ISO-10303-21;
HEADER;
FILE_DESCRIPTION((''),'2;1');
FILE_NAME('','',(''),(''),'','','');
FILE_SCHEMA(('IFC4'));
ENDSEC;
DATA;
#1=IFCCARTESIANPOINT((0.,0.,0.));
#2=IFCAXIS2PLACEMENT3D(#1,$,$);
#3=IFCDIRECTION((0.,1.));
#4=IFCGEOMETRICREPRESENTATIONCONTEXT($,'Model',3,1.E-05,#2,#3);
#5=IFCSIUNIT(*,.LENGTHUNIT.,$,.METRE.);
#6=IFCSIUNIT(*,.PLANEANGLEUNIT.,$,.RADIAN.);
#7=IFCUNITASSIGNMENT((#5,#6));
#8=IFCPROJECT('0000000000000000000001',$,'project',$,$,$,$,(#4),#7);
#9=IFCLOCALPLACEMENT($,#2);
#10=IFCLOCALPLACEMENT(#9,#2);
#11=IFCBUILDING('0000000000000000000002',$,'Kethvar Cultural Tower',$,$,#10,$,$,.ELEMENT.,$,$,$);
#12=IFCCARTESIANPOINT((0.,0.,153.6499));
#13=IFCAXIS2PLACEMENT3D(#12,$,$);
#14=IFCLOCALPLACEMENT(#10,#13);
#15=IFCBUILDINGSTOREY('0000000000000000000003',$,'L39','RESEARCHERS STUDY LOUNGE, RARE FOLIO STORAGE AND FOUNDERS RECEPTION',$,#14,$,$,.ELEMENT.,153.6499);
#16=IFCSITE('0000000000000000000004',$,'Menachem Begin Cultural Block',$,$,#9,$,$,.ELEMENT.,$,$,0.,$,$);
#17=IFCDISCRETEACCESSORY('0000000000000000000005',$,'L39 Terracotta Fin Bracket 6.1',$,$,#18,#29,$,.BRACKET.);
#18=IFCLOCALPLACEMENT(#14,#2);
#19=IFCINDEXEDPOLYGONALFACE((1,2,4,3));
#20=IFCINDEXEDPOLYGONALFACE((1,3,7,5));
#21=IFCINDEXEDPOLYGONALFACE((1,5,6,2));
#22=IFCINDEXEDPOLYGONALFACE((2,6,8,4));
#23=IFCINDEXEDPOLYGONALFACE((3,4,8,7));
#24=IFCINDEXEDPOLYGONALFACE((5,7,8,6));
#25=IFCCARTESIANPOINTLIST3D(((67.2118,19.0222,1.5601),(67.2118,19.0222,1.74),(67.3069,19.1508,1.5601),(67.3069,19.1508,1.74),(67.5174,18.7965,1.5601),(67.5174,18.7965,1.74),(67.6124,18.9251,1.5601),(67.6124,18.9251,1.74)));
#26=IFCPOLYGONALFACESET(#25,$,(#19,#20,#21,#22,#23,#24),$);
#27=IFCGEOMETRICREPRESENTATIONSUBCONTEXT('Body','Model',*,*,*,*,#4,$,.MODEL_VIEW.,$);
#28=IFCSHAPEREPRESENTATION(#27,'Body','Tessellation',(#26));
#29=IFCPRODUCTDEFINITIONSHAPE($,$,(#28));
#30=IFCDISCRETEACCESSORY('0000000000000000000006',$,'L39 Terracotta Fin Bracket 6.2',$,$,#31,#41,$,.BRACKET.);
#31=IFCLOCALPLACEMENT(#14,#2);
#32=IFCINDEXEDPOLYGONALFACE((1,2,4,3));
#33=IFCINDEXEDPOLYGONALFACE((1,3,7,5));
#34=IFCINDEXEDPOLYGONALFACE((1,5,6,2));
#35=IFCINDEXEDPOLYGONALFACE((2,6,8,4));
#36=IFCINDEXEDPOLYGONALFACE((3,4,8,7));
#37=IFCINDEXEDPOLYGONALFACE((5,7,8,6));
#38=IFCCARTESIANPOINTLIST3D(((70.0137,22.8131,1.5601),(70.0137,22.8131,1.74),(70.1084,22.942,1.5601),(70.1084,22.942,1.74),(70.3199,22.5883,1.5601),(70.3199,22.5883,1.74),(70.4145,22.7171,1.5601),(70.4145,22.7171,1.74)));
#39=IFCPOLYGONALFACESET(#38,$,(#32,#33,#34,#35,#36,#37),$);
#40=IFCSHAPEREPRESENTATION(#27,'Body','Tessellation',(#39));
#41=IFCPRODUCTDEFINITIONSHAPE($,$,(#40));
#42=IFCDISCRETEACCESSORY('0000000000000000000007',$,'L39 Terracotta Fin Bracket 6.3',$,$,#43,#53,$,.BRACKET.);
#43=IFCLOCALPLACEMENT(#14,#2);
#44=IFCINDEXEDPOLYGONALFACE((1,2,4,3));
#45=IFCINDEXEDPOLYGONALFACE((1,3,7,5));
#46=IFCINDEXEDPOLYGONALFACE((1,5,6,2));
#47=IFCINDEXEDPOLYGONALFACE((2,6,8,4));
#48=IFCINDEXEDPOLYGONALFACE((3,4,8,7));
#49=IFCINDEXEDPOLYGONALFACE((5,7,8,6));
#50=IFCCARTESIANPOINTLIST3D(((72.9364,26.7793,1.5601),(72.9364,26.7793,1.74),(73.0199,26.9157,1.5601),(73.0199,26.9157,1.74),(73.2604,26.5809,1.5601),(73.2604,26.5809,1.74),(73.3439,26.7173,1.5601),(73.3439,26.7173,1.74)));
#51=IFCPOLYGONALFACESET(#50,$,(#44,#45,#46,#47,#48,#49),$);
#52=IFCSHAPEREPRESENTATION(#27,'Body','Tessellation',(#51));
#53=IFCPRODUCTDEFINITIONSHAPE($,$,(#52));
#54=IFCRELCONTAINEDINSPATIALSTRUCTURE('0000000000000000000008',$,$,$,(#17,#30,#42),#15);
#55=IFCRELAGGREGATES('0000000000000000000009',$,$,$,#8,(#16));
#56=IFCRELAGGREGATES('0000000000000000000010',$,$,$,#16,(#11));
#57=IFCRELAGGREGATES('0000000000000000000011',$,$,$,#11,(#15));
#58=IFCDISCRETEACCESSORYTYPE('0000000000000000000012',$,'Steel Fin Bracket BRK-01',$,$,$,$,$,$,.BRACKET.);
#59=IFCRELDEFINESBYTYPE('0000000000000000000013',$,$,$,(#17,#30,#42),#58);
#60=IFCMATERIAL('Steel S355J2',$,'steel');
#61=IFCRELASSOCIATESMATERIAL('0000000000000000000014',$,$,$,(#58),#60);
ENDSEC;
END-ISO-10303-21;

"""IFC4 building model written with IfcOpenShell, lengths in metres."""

from ifc_helpers import new_model, si_unit, direction, frame, origin, origin_2d, place, context, subcontext, project, spatial, rectangle, extrude, source, transform, mapped, material, type_object, element, save


model = new_model("IFC4")

# Units and contexts
model_context = context("Model", 3, precision=1e-05, world=origin(), true_north=direction((0.0, 1.0)))
body_context = subcontext(model_context, "Body", "Model", "MODEL_VIEW")
ifc_project = project(units=[si_unit("LENGTHUNIT", "METRE"), si_unit("PLANEANGLEUNIT", "RADIAN")], contexts=[model_context])

# Site, building, storey
site_placement = place(None, origin())
site = spatial("IfcSite", under=ifc_project, at=site_placement, Name="Menachem Begin Cultural Block", CompositionType="ELEMENT", RefElevation=0.0)
building_placement = place(site_placement, origin())
building = spatial("IfcBuilding", under=site, at=building_placement, Name="Kethvar Cultural Tower", CompositionType="ELEMENT")
storey_placement = place(building_placement, frame((0.0, 0.0, 153.6499)))
storey = spatial("IfcBuildingStorey", under=building, at=storey_placement, Name="L39", Description="RESEARCHERS STUDY LOUNGE, RARE FOLIO STORAGE AND FOUNDERS RECEPTION", CompositionType="ELEMENT", Elevation=153.6499)

# Shared definitions
ifc_material_1 = material(Name="Steel S355J2", Category="steel")

# Discrete accessories
discrete_accessory_type = type_object("IfcDiscreteAccessoryType", Name="Steel Fin Bracket BRK-01", PredefinedType="BRACKET", material=ifc_material_1)
shared_shape_1 = source(origin(), body_context, "Body", "SweptSolid", [
    extrude(rectangle(XDim=0.3799, YDim=0.1599, at=origin_2d()), origin(), (0.0, 0.0, 1.0), 0.1799),
])
for number, where, z_axis, x_axis, name in (
    (1, (67.4121, 18.9736, 1.5601), (0.0, 0.0, 1.0), (0.804272, -0.594261, 0.0), "L39 Terracotta Fin Bracket 6.1"),
    (2, (70.2141, 22.7651, 1.5601), (0.0, 0.0, 1.0), (0.805928, -0.592013, 0.0), "L39 Terracotta Fin Bracket 6.2"),
    (3, (73.1401, 26.7483, 1.5601), (0.0, 0.0, 1.0), (0.852822, -0.522201, 0.0), "L39 Terracotta Fin Bracket 6.3"),
):
    element("IfcDiscreteAccessory", number, at=place(storey_placement, frame(where, z_axis=z_axis, x_axis=x_axis)), inside=storey, type_object=discrete_accessory_type, Name=name, PredefinedType="BRACKET", context=body_context, shape_type="MappedRepresentation", body=[
        mapped(shared_shape_1, transform((0.0, 0.0, 0.0), scale=1.0)),
    ])

save(model, "model.ifc")
